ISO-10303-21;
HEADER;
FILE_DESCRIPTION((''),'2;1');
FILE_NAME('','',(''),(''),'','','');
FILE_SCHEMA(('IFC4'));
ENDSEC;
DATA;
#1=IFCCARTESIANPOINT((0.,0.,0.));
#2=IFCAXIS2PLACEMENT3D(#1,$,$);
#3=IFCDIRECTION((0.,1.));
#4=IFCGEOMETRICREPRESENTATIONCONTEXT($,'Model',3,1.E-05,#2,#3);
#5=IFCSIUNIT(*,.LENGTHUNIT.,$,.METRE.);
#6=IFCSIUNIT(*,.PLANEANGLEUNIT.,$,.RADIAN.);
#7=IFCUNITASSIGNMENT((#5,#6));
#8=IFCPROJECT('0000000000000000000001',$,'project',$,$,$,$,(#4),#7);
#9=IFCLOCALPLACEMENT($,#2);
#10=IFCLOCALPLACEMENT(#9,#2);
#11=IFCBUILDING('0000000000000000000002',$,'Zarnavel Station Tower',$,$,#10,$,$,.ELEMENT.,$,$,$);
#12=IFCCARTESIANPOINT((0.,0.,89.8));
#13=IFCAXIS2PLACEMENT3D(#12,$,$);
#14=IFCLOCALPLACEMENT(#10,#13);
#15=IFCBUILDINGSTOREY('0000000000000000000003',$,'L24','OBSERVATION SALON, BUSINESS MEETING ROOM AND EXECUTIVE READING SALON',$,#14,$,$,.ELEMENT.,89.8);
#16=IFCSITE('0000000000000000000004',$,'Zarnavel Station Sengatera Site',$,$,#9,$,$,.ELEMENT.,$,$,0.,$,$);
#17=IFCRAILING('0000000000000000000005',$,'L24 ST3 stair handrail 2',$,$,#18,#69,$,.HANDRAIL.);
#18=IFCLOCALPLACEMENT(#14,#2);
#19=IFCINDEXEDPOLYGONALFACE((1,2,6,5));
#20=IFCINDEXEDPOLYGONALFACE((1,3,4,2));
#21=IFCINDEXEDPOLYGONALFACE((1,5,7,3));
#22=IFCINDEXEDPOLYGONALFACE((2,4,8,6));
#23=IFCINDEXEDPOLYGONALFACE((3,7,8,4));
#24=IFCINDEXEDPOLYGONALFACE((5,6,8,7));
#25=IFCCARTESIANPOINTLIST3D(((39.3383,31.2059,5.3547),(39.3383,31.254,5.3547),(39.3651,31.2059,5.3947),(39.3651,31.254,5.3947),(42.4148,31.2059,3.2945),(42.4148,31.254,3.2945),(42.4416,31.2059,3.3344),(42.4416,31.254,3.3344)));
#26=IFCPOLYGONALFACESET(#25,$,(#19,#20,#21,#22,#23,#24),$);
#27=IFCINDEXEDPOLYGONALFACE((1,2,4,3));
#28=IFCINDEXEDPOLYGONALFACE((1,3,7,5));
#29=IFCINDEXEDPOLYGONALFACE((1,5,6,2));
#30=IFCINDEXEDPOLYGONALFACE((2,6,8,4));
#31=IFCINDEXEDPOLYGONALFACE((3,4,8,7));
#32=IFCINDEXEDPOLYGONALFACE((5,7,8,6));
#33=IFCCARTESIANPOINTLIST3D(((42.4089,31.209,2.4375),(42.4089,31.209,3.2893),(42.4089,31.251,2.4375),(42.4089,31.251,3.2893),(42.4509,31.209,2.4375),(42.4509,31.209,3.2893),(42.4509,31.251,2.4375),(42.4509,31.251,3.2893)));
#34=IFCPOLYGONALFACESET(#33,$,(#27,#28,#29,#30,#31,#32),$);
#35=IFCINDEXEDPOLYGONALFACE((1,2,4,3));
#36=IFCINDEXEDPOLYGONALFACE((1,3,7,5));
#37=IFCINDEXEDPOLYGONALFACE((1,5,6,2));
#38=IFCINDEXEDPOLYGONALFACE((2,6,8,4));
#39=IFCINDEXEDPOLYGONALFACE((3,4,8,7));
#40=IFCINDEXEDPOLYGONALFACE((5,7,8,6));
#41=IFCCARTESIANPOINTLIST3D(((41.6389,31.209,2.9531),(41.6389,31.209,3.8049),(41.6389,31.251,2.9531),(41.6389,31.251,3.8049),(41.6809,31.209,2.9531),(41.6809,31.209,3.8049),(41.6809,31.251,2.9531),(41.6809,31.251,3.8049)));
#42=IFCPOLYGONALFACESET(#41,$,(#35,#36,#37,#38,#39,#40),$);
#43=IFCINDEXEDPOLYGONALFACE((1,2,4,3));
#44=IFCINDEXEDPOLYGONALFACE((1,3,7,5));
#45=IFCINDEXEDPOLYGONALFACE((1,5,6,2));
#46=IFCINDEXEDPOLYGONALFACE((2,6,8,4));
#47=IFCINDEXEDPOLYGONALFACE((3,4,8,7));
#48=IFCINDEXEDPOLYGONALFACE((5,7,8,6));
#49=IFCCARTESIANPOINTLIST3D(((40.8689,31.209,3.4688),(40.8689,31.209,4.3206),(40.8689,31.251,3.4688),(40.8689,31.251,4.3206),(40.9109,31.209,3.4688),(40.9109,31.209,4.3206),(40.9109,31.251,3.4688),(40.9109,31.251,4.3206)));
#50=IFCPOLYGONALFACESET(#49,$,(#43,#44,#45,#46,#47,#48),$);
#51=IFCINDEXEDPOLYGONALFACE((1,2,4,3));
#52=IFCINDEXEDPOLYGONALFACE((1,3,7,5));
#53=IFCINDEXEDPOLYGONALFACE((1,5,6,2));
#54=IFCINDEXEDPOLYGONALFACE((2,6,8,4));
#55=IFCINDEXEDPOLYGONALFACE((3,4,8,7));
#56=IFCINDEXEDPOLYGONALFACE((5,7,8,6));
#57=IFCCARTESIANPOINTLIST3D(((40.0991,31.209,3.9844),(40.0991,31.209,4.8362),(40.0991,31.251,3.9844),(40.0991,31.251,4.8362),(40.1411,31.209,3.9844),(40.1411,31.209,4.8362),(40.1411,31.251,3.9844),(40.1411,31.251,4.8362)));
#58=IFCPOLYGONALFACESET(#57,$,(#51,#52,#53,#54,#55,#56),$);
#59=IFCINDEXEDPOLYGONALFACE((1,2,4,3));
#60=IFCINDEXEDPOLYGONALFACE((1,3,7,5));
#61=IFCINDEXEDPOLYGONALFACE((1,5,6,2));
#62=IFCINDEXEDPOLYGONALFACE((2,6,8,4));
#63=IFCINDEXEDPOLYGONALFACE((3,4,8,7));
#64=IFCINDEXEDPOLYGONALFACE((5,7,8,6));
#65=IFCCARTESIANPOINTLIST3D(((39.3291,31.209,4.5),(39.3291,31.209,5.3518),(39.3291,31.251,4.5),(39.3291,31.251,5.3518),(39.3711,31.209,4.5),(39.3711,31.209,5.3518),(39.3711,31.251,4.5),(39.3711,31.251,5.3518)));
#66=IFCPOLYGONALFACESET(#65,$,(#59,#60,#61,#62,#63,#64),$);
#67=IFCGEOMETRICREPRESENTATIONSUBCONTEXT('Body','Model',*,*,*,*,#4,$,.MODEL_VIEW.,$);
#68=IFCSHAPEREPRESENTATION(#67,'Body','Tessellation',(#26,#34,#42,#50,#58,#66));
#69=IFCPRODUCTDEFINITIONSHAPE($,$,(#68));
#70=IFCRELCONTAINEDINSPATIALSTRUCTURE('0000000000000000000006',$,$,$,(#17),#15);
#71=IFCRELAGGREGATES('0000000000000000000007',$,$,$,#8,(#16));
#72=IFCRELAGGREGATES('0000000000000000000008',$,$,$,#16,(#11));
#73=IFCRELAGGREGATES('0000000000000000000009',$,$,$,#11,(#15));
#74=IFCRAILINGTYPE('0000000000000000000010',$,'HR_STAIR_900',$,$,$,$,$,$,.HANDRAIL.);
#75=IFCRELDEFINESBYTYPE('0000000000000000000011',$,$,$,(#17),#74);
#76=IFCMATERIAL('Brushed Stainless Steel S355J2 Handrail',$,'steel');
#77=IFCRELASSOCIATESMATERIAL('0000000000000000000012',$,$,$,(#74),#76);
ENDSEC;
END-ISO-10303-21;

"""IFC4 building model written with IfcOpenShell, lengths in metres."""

from ifc_helpers import new_model, si_unit, direction, frame, origin, origin_2d, place, context, subcontext, project, spatial, rectangle, extrude, material, type_object, element, save


model = new_model("IFC4")

# Units and contexts
model_context = context("Model", 3, precision=1e-05, world=origin(), true_north=direction((0.0, 1.0)))
body_context = subcontext(model_context, "Body", "Model", "MODEL_VIEW")
ifc_project = project(units=[si_unit("LENGTHUNIT", "METRE"), si_unit("PLANEANGLEUNIT", "RADIAN")], contexts=[model_context])

# Site, building, storey
site_placement = place(None, origin())
site = spatial("IfcSite", under=ifc_project, at=site_placement, Name="Zarnavel Station Sengatera Site", CompositionType="ELEMENT", RefElevation=0.0)
building_placement = place(site_placement, origin())
building = spatial("IfcBuilding", under=site, at=building_placement, Name="Zarnavel Station Tower", CompositionType="ELEMENT")
storey_placement = place(building_placement, frame((0.0, 0.0, 89.8)))
storey = spatial("IfcBuildingStorey", under=building, at=storey_placement, Name="L24", Description="OBSERVATION SALON, BUSINESS MEETING ROOM AND EXECUTIVE READING SALON", CompositionType="ELEMENT", Elevation=89.8)

# Railing
ifc_material_1 = material(Name="Brushed Stainless Steel S355J2 Handrail", Category="steel")
railing_type_1 = type_object("IfcRailingType", Name="HR_STAIR_900", PredefinedType="HANDRAIL", material=ifc_material_1)
railing_1_placement = place(storey_placement, frame((42.4299, 31.23, 2.4375)))
element("IfcRailing", 1, at=railing_1_placement, inside=storey, type_object=railing_type_1, Name="L24 ST3 stair handrail 2", PredefinedType="HANDRAIL", context=body_context, shape_type="SweptSolid", body=[
    extrude(rectangle(XDim=0.0481, YDim=0.0481, at=origin_2d()), frame((-0.0017, 0.0, 0.877), z_axis=(-0.830893, 0.0, 0.556432), x_axis=(0.0, -1.0, 0.0)), (0.0, 0.0, 1.0), 3.7026),
    extrude(rectangle(XDim=0.042, YDim=0.042, at=origin_2d()), origin(), (0.0, 0.0, 1.0), 0.8518),
    extrude(rectangle(XDim=0.042, YDim=0.042, at=origin_2d()), frame((-0.77, 0.0, 0.5156)), (0.0, 0.0, 1.0), 0.8518),
    extrude(rectangle(XDim=0.042, YDim=0.042, at=origin_2d()), frame((-1.54, 0.0, 1.0312)), (0.0, 0.0, 1.0), 0.8518),
    extrude(rectangle(XDim=0.042, YDim=0.042, at=origin_2d()), frame((-2.3098, 0.0, 1.5469)), (0.0, 0.0, 1.0), 0.8518),
    extrude(rectangle(XDim=0.042, YDim=0.042, at=origin_2d()), frame((-3.0798, 0.0, 2.0625)), (0.0, 0.0, 1.0), 0.8518),
])

save(model, "model.ifc")
